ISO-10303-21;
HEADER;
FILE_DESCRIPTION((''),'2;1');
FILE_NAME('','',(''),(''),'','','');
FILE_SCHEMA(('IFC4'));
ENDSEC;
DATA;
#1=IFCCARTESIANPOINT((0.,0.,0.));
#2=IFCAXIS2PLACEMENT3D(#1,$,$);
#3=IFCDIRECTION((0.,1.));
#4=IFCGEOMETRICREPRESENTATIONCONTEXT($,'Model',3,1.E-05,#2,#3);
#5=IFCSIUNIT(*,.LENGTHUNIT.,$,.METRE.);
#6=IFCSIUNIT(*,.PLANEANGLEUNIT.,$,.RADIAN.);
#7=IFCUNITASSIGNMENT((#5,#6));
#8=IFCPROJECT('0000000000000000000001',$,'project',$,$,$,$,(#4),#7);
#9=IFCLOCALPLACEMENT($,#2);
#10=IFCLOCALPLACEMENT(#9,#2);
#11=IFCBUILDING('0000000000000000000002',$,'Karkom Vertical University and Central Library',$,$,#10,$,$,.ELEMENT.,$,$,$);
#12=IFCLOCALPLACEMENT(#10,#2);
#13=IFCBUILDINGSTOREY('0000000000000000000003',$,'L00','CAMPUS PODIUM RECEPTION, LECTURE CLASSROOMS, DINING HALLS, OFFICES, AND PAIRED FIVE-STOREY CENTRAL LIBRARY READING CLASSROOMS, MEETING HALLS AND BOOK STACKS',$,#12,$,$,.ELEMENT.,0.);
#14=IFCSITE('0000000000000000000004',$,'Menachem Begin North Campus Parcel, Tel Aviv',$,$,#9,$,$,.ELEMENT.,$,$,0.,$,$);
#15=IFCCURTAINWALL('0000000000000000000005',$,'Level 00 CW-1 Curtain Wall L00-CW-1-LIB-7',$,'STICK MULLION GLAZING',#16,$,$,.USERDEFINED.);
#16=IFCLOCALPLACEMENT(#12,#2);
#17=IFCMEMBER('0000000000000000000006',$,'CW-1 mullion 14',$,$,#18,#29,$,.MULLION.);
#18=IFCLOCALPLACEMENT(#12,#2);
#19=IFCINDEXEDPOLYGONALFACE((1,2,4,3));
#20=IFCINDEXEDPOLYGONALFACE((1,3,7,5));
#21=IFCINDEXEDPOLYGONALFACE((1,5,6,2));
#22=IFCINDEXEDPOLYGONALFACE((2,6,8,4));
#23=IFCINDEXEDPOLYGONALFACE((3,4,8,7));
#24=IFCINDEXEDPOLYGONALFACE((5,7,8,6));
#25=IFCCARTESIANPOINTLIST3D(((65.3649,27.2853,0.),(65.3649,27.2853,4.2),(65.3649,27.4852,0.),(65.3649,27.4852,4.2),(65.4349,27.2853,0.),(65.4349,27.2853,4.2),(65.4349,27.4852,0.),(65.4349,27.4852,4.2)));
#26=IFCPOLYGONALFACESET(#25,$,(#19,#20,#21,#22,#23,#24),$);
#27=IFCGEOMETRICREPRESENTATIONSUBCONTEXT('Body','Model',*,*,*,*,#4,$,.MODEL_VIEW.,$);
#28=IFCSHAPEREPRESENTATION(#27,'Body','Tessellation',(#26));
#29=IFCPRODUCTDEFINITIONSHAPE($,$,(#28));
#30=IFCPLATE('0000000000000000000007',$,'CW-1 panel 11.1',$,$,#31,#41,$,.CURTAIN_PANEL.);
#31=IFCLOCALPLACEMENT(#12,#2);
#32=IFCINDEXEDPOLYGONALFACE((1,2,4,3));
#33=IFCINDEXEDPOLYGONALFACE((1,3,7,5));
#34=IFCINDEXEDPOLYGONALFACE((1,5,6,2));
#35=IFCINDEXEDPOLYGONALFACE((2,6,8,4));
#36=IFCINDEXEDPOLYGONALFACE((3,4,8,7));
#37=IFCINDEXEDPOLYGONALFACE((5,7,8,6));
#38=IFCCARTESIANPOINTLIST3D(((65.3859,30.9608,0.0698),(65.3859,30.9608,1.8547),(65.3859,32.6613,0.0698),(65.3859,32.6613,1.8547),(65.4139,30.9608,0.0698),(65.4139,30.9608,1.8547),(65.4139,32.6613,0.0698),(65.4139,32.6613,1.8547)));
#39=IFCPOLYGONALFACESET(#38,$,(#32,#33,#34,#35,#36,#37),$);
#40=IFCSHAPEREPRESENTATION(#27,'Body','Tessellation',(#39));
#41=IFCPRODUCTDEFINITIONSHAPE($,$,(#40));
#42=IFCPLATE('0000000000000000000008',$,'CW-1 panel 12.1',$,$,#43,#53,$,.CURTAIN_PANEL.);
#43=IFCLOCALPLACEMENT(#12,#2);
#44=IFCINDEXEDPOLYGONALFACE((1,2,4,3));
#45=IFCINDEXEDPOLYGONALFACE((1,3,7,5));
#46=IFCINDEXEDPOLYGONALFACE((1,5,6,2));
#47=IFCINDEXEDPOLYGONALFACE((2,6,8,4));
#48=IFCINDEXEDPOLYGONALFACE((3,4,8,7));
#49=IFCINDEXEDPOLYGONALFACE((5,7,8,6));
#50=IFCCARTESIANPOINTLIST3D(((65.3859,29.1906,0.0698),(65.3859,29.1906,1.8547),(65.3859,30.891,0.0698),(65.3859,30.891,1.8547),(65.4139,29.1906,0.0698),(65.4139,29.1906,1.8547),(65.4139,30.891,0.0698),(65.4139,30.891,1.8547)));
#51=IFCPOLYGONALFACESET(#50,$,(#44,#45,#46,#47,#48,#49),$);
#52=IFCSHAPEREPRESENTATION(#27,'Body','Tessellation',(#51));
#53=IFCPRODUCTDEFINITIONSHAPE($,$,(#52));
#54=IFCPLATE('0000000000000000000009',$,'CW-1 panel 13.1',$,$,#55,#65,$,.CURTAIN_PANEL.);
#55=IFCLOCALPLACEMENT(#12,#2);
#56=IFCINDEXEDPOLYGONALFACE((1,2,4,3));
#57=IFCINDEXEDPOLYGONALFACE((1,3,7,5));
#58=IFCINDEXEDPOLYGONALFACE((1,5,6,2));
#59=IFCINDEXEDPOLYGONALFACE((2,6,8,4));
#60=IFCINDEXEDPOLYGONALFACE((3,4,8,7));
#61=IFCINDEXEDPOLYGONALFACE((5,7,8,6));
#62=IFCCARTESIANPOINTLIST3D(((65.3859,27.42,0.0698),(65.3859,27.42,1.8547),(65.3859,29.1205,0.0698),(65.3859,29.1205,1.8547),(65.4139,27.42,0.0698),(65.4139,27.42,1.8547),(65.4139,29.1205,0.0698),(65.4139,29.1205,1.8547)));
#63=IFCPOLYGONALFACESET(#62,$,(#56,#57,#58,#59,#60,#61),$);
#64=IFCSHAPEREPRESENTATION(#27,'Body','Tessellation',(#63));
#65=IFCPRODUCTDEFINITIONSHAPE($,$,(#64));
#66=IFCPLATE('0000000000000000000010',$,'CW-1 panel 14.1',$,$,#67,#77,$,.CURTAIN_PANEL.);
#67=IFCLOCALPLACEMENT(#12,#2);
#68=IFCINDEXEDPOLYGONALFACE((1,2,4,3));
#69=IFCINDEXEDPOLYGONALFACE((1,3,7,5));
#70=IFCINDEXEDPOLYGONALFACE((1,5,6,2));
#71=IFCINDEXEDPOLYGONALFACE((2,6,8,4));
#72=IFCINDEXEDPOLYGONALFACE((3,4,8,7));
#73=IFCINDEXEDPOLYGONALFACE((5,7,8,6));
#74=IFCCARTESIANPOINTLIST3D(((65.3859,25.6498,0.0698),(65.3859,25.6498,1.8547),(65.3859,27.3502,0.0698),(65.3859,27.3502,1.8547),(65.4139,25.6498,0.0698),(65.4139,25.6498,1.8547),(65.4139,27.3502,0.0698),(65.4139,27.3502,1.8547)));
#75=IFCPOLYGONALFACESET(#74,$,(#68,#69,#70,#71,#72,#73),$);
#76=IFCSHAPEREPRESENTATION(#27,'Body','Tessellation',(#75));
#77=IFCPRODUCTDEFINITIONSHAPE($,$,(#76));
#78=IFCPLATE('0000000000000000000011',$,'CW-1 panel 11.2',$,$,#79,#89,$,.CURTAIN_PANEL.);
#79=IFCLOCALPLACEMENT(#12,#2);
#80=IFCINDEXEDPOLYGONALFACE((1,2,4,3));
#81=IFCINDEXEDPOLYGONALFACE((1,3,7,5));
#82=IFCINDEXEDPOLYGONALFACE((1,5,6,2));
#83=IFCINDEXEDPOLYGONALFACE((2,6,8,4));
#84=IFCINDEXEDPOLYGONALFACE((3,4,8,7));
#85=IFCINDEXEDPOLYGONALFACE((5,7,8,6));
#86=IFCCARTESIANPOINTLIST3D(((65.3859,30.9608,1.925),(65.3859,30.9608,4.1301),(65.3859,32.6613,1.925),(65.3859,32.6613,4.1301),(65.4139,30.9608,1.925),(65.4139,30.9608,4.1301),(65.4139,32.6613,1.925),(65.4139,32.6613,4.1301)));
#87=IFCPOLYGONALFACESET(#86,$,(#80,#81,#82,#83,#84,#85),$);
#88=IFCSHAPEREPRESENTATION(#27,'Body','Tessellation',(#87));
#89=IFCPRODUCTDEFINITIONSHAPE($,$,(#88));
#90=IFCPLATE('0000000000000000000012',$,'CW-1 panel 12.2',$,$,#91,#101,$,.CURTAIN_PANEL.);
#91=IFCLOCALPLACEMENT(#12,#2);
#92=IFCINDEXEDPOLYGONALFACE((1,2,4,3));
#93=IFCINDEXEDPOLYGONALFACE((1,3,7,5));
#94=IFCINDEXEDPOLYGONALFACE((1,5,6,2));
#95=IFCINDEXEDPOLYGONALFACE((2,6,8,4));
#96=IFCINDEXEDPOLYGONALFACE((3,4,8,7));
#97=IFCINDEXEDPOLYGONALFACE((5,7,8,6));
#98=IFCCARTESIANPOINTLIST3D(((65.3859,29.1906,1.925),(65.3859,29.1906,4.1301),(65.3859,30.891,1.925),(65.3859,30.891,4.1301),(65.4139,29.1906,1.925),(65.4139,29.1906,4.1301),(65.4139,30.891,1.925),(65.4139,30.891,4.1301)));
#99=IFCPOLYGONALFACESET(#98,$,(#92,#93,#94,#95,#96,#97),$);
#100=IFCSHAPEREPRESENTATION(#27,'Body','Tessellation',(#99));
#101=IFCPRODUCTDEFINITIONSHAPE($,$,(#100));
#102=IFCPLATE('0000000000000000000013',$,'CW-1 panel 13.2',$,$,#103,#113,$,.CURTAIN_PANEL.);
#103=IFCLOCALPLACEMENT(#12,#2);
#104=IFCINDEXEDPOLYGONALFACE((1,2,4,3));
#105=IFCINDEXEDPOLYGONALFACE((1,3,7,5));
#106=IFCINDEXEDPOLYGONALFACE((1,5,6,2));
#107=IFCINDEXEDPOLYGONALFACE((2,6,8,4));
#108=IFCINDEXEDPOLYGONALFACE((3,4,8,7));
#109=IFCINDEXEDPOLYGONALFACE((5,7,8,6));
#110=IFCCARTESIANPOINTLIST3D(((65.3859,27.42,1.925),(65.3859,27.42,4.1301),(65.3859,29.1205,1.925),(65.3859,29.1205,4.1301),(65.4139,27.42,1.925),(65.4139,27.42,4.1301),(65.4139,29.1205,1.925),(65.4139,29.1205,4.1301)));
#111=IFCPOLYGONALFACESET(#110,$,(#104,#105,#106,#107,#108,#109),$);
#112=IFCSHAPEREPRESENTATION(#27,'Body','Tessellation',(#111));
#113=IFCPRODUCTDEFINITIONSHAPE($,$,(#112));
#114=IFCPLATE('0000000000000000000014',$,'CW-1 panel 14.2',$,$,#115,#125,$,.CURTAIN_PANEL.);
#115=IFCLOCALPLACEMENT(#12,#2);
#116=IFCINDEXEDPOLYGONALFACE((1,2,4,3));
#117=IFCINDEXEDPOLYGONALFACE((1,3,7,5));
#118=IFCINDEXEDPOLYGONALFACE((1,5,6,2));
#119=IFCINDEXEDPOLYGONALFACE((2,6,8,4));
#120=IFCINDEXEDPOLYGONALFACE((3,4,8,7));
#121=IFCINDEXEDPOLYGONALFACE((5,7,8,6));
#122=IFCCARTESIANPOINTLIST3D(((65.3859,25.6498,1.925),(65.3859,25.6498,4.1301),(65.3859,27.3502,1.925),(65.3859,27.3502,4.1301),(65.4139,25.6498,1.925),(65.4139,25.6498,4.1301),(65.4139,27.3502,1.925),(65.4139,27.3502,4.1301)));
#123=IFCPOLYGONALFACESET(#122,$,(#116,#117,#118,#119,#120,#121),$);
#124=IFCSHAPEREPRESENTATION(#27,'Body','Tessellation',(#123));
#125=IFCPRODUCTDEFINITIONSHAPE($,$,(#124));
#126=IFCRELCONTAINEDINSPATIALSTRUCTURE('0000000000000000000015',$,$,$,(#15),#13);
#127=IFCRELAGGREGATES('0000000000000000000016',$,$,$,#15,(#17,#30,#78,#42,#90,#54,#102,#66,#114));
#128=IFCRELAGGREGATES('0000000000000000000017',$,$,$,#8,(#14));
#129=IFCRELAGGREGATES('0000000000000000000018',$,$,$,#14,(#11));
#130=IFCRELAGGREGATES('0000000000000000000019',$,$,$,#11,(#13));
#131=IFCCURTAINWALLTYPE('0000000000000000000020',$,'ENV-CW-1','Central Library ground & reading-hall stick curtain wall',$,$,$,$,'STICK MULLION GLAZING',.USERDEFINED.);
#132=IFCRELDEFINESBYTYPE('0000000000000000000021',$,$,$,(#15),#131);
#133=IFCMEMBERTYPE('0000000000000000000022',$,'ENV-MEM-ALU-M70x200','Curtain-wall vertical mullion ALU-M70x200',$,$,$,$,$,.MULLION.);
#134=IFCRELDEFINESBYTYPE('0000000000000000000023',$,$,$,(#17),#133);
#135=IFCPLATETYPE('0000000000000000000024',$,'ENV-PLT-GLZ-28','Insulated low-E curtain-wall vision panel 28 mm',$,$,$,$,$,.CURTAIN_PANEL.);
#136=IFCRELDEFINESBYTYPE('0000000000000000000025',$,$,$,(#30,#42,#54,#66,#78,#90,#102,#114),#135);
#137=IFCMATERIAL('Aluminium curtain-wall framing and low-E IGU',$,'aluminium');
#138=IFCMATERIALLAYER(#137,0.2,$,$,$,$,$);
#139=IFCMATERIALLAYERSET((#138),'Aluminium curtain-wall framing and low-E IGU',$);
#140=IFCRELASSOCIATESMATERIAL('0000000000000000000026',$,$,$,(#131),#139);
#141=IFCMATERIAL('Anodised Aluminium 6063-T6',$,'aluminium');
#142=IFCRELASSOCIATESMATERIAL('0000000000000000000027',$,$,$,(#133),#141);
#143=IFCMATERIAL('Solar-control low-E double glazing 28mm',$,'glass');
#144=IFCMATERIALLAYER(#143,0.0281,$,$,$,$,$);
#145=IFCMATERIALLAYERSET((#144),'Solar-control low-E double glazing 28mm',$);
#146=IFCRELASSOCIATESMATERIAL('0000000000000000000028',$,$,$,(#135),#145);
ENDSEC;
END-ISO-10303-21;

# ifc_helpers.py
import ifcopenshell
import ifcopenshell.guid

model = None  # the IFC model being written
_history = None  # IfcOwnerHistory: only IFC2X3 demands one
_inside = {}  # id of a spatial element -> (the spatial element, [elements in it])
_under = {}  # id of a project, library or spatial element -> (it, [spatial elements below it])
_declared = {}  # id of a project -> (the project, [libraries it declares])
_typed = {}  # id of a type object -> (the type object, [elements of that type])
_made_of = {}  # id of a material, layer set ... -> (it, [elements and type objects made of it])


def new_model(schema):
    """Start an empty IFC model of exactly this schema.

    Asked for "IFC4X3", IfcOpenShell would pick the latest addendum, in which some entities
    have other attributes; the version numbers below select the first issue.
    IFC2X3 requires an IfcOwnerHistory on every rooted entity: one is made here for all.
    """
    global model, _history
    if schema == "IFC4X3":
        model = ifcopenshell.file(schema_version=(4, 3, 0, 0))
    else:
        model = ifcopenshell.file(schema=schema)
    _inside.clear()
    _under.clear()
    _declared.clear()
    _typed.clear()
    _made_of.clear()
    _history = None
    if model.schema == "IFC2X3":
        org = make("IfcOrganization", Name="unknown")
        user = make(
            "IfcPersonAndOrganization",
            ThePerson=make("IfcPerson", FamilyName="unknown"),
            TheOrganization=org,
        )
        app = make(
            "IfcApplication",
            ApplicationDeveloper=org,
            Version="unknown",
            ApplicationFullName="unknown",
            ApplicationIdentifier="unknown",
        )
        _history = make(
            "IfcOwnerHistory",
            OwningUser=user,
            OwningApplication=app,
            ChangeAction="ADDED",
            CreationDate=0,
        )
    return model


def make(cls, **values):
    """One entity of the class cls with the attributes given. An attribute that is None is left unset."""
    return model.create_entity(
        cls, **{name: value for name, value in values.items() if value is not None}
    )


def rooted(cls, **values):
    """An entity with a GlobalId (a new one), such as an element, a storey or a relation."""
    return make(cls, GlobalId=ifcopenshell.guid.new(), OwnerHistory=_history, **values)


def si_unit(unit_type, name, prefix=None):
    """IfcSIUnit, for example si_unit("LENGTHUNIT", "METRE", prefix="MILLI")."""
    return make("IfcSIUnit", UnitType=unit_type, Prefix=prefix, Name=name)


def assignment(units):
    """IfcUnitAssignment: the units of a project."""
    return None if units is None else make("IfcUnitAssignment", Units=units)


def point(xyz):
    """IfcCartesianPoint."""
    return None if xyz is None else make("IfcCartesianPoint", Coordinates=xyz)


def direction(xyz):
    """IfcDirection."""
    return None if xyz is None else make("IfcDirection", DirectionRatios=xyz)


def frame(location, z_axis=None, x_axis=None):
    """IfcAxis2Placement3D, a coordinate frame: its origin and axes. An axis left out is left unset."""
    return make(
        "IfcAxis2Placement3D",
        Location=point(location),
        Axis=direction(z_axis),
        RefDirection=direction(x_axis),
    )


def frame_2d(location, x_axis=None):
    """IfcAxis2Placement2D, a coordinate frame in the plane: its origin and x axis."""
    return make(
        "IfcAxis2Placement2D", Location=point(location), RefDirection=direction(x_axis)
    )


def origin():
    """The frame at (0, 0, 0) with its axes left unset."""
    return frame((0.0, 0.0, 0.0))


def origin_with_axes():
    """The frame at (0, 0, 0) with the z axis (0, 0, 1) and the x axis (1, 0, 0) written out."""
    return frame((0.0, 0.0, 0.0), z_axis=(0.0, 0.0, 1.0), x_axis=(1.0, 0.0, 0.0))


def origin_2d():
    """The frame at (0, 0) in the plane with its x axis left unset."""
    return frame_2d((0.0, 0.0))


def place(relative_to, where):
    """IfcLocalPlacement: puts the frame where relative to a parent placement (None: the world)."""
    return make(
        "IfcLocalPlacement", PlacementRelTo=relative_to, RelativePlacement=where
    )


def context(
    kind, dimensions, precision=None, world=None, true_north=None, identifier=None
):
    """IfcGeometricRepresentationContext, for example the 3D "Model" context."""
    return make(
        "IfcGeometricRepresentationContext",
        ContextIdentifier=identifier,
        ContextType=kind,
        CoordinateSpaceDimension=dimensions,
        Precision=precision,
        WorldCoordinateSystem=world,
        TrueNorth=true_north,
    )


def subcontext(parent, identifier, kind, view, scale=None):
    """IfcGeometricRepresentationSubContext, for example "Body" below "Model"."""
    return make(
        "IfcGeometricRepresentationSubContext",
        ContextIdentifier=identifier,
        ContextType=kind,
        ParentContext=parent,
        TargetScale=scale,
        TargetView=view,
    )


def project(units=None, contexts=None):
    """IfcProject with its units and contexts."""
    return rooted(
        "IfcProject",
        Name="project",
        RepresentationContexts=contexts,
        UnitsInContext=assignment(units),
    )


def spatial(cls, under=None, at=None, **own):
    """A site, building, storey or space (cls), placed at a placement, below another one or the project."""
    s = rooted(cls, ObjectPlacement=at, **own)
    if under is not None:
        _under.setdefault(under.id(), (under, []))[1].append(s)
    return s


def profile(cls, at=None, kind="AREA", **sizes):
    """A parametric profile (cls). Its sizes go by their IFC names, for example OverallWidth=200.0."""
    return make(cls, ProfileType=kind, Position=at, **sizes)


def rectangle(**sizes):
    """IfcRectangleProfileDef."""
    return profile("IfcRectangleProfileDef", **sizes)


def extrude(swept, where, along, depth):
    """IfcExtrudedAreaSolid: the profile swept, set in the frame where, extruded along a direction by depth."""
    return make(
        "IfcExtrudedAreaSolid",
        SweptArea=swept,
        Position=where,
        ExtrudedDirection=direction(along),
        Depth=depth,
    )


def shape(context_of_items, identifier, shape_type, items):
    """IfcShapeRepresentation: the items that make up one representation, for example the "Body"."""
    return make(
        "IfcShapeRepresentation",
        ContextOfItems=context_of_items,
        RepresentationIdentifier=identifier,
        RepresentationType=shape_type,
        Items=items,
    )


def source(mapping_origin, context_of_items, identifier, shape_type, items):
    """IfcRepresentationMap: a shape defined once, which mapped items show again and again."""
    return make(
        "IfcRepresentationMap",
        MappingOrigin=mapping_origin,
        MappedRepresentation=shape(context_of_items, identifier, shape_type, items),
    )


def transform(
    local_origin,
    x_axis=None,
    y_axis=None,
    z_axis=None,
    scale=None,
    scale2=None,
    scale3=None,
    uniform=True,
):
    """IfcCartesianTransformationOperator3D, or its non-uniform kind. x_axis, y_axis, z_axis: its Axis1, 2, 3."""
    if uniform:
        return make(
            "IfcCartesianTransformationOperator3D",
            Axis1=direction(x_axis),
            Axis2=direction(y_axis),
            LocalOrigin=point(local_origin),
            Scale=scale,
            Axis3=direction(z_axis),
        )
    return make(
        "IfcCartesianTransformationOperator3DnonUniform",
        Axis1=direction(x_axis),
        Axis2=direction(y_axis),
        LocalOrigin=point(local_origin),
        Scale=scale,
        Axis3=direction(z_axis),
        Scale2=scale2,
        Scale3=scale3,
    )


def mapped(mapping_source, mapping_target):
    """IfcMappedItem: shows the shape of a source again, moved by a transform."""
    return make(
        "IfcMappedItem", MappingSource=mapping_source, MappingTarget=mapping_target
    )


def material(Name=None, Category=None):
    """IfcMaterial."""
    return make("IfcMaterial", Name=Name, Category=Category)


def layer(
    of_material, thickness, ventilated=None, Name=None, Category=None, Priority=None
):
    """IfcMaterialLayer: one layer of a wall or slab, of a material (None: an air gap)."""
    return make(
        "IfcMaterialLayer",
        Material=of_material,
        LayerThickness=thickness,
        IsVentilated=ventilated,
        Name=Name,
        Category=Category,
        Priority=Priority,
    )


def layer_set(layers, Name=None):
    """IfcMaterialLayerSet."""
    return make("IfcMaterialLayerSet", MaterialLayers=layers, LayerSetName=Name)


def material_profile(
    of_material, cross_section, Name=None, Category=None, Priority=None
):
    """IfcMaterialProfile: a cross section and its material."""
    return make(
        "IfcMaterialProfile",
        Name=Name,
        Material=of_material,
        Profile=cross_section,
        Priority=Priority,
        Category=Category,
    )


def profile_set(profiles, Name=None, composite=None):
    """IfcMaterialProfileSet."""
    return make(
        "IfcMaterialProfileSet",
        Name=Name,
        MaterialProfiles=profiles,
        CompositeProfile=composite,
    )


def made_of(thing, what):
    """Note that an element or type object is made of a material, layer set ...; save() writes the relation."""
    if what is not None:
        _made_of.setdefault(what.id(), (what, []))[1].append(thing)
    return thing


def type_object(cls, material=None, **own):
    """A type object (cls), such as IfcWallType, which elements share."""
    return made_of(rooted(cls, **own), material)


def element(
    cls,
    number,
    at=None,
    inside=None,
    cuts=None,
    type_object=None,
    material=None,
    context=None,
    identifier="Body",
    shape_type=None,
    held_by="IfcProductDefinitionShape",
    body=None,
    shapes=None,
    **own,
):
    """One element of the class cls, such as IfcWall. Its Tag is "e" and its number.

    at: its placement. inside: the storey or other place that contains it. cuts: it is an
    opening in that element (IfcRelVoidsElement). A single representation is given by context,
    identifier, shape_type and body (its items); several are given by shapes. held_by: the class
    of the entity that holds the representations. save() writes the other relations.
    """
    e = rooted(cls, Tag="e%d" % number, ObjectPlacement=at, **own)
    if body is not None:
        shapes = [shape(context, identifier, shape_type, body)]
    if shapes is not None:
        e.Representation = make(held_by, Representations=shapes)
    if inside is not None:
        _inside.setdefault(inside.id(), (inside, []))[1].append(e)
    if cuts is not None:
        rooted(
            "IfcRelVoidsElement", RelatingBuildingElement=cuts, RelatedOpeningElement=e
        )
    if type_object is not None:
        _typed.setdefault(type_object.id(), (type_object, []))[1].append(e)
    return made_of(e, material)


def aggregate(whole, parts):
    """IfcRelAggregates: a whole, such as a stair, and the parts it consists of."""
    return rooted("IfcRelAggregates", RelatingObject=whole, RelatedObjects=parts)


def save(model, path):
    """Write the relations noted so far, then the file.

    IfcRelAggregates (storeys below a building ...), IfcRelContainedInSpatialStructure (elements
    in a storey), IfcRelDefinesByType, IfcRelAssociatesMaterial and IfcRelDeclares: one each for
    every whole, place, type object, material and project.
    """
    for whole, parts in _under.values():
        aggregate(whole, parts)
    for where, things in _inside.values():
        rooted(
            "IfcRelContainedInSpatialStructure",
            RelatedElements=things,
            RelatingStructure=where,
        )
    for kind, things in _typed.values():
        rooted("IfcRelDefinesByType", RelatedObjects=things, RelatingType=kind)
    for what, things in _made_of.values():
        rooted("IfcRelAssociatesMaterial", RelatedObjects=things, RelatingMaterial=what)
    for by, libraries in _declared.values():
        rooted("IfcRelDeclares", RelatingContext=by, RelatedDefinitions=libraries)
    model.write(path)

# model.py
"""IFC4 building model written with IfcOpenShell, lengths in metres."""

from ifc_helpers import new_model, si_unit, direction, frame, origin, origin_with_axes, origin_2d, place, context, subcontext, project, spatial, rectangle, extrude, source, transform, mapped, material, layer, layer_set, material_profile, profile_set, type_object, element, aggregate, save


model = new_model("IFC4")

# Units and contexts
model_context = context("Model", 3, precision=1e-05, world=origin(), true_north=direction((0.0, 1.0)))
body_context = subcontext(model_context, "Body", "Model", "MODEL_VIEW")
ifc_project = project(units=[si_unit("LENGTHUNIT", "METRE"), si_unit("PLANEANGLEUNIT", "RADIAN")], contexts=[model_context])

# Site, building, storey
site_placement = place(None, origin())
site = spatial("IfcSite", under=ifc_project, at=site_placement, Name="Menachem Begin North Campus Parcel, Tel Aviv", CompositionType="ELEMENT", RefElevation=0.0)
building_placement = place(site_placement, origin())
building = spatial("IfcBuilding", under=site, at=building_placement, Name="Karkom Vertical University and Central Library", CompositionType="ELEMENT")
storey_placement = place(building_placement, origin())
storey = spatial("IfcBuildingStorey", under=building, at=storey_placement, Name="L00", Description="CAMPUS PODIUM RECEPTION, LECTURE CLASSROOMS, DINING HALLS, OFFICES, AND PAIRED FIVE-STOREY CENTRAL LIBRARY READING CLASSROOMS, MEETING HALLS AND BOOK STACKS", CompositionType="ELEMENT", Elevation=0.0)

# Curtain wall, member, plates
ifc_material_1 = material(Name="Aluminium curtain-wall framing and low-E IGU", Category="aluminium")
ifc_layer_1 = layer(ifc_material_1, 0.2)
ifc_layer_set_1 = layer_set([ifc_layer_1], Name="Aluminium curtain-wall framing and low-E IGU")
curtain_wall_type = type_object("IfcCurtainWallType", Name="ENV-CW-1", Description="Central Library ground & reading-hall stick curtain wall", ElementType="STICK MULLION GLAZING", PredefinedType="USERDEFINED", material=ifc_layer_set_1)
curtain_wall_placement = place(storey_placement, origin())
curtain_wall = element("IfcCurtainWall", 1, at=curtain_wall_placement, inside=storey, type_object=curtain_wall_type, Name="Level 00 CW-1 Curtain Wall L00-CW-1-LIB-7", ObjectType="STICK MULLION GLAZING", PredefinedType="USERDEFINED")
ifc_material_2 = material(Name="Anodised Aluminium 6063-T6", Category="aluminium")
ifc_material_profile_1 = material_profile(ifc_material_2, rectangle(XDim=0.0701, YDim=0.2, at=origin_2d()), Name="ALU-M70x200")
ifc_profile_set_1 = profile_set([ifc_material_profile_1], Name="Anodised Aluminium 6063-T6")
member_type_1 = type_object("IfcMemberType", Name="ENV-MEM-ALU-M70x200", Description="Curtain-wall vertical mullion ALU-M70x200", PredefinedType="MULLION", material=ifc_profile_set_1)
shared_shape_1 = source(origin_with_axes(), body_context, "Body", "SweptSolid", [
    extrude(rectangle(XDim=0.0701, YDim=0.2, at=origin_2d()), origin(), (0.0, 0.0, 1.0), 4.2),
])
member_1_placement = place(storey_placement, frame((65.3999, 27.3853, 0.0), z_axis=(0.0, 0.0, 1.0), x_axis=(1.0, 0.0, 0.0)))
member_1 = element("IfcMember", 2, at=member_1_placement, type_object=member_type_1, Name="CW-1 mullion 14", PredefinedType="MULLION", context=body_context, shape_type="MappedRepresentation", body=[
    mapped(shared_shape_1, transform((0.0, 0.0, 0.0), scale=1.0)),
])
ifc_material_3 = material(Name="Solar-control low-E double glazing 28mm", Category="glass")
ifc_layer_2 = layer(ifc_material_3, 0.0281)
ifc_layer_set_2 = layer_set([ifc_layer_2], Name="Solar-control low-E double glazing 28mm")
plate_type = type_object("IfcPlateType", Name="ENV-PLT-GLZ-28", Description="Insulated low-E curtain-wall vision panel 28 mm", PredefinedType="CURTAIN_PANEL", material=ifc_layer_set_2)
shared_shape_2 = source(origin_with_axes(), body_context, "Body", "SweptSolid", [
    extrude(rectangle(XDim=1.7004, YDim=0.0281, at=origin_2d()), origin(), (0.0, 0.0, 1.0), 1.7849),
])
plate_1_placement = place(storey_placement, frame((65.3999, 31.811, 0.0698), z_axis=(0.0, 0.0, 1.0), x_axis=(0.0, -1.0, 0.0)))
plate_1 = element("IfcPlate", 3, at=plate_1_placement, type_object=plate_type, Name="CW-1 panel 11.1", PredefinedType="CURTAIN_PANEL", context=body_context, shape_type="MappedRepresentation", body=[
    mapped(shared_shape_2, transform((0.0, 0.0, 0.0), scale=1.0)),
])
plate_2_placement = place(storey_placement, frame((65.3999, 30.0408, 0.0698), z_axis=(0.0, 0.0, 1.0), x_axis=(0.0, -1.0, 0.0)))
plate_2 = element("IfcPlate", 4, at=plate_2_placement, type_object=plate_type, Name="CW-1 panel 12.1", PredefinedType="CURTAIN_PANEL", context=body_context, shape_type="MappedRepresentation", body=[
    mapped(shared_shape_2, transform((0.0, 0.0, 0.0), scale=1.0)),
])
plate_3_placement = place(storey_placement, frame((65.3999, 28.2703, 0.0698), z_axis=(0.0, 0.0, 1.0), x_axis=(0.0, -1.0, 0.0)))
plate_3 = element("IfcPlate", 5, at=plate_3_placement, type_object=plate_type, Name="CW-1 panel 13.1", PredefinedType="CURTAIN_PANEL", context=body_context, shape_type="MappedRepresentation", body=[
    mapped(shared_shape_2, transform((0.0, 0.0, 0.0), scale=1.0)),
])
plate_4_placement = place(storey_placement, frame((65.3999, 26.5, 0.0698), z_axis=(0.0, 0.0, 1.0), x_axis=(0.0, -1.0, 0.0)))
plate_4 = element("IfcPlate", 6, at=plate_4_placement, type_object=plate_type, Name="CW-1 panel 14.1", PredefinedType="CURTAIN_PANEL", context=body_context, shape_type="MappedRepresentation", body=[
    mapped(shared_shape_2, transform((0.0, 0.0, 0.0), scale=1.0)),
])
shared_shape_3 = source(origin_with_axes(), body_context, "Body", "SweptSolid", [
    extrude(rectangle(XDim=1.7004, YDim=0.0281, at=origin_2d()), origin(), (0.0, 0.0, 1.0), 2.2051),
])
plate_5_placement = place(storey_placement, frame((65.3999, 31.811, 1.925), z_axis=(0.0, 0.0, 1.0), x_axis=(0.0, -1.0, 0.0)))
plate_5 = element("IfcPlate", 7, at=plate_5_placement, type_object=plate_type, Name="CW-1 panel 11.2", PredefinedType="CURTAIN_PANEL", context=body_context, shape_type="MappedRepresentation", body=[
    mapped(shared_shape_3, transform((0.0, 0.0, 0.0), scale=1.0)),
])
plate_6_placement = place(storey_placement, frame((65.3999, 30.0408, 1.925), z_axis=(0.0, 0.0, 1.0), x_axis=(0.0, -1.0, 0.0)))
plate_6 = element("IfcPlate", 8, at=plate_6_placement, type_object=plate_type, Name="CW-1 panel 12.2", PredefinedType="CURTAIN_PANEL", context=body_context, shape_type="MappedRepresentation", body=[
    mapped(shared_shape_3, transform((0.0, 0.0, 0.0), scale=1.0)),
])
plate_7_placement = place(storey_placement, frame((65.3999, 28.2703, 1.925), z_axis=(0.0, 0.0, 1.0), x_axis=(0.0, -1.0, 0.0)))
plate_7 = element("IfcPlate", 9, at=plate_7_placement, type_object=plate_type, Name="CW-1 panel 13.2", PredefinedType="CURTAIN_PANEL", context=body_context, shape_type="MappedRepresentation", body=[
    mapped(shared_shape_3, transform((0.0, 0.0, 0.0), scale=1.0)),
])
plate_8_placement = place(storey_placement, frame((65.3999, 26.5, 1.925), z_axis=(0.0, 0.0, 1.0), x_axis=(0.0, -1.0, 0.0)))
plate_8 = element("IfcPlate", 10, at=plate_8_placement, type_object=plate_type, Name="CW-1 panel 14.2", PredefinedType="CURTAIN_PANEL", context=body_context, shape_type="MappedRepresentation", body=[
    mapped(shared_shape_3, transform((0.0, 0.0, 0.0), scale=1.0)),
])
aggregate(curtain_wall, [member_1, plate_1, plate_5, plate_2, plate_6, plate_3, plate_7, plate_4, plate_8])

save(model, "model.ifc")
